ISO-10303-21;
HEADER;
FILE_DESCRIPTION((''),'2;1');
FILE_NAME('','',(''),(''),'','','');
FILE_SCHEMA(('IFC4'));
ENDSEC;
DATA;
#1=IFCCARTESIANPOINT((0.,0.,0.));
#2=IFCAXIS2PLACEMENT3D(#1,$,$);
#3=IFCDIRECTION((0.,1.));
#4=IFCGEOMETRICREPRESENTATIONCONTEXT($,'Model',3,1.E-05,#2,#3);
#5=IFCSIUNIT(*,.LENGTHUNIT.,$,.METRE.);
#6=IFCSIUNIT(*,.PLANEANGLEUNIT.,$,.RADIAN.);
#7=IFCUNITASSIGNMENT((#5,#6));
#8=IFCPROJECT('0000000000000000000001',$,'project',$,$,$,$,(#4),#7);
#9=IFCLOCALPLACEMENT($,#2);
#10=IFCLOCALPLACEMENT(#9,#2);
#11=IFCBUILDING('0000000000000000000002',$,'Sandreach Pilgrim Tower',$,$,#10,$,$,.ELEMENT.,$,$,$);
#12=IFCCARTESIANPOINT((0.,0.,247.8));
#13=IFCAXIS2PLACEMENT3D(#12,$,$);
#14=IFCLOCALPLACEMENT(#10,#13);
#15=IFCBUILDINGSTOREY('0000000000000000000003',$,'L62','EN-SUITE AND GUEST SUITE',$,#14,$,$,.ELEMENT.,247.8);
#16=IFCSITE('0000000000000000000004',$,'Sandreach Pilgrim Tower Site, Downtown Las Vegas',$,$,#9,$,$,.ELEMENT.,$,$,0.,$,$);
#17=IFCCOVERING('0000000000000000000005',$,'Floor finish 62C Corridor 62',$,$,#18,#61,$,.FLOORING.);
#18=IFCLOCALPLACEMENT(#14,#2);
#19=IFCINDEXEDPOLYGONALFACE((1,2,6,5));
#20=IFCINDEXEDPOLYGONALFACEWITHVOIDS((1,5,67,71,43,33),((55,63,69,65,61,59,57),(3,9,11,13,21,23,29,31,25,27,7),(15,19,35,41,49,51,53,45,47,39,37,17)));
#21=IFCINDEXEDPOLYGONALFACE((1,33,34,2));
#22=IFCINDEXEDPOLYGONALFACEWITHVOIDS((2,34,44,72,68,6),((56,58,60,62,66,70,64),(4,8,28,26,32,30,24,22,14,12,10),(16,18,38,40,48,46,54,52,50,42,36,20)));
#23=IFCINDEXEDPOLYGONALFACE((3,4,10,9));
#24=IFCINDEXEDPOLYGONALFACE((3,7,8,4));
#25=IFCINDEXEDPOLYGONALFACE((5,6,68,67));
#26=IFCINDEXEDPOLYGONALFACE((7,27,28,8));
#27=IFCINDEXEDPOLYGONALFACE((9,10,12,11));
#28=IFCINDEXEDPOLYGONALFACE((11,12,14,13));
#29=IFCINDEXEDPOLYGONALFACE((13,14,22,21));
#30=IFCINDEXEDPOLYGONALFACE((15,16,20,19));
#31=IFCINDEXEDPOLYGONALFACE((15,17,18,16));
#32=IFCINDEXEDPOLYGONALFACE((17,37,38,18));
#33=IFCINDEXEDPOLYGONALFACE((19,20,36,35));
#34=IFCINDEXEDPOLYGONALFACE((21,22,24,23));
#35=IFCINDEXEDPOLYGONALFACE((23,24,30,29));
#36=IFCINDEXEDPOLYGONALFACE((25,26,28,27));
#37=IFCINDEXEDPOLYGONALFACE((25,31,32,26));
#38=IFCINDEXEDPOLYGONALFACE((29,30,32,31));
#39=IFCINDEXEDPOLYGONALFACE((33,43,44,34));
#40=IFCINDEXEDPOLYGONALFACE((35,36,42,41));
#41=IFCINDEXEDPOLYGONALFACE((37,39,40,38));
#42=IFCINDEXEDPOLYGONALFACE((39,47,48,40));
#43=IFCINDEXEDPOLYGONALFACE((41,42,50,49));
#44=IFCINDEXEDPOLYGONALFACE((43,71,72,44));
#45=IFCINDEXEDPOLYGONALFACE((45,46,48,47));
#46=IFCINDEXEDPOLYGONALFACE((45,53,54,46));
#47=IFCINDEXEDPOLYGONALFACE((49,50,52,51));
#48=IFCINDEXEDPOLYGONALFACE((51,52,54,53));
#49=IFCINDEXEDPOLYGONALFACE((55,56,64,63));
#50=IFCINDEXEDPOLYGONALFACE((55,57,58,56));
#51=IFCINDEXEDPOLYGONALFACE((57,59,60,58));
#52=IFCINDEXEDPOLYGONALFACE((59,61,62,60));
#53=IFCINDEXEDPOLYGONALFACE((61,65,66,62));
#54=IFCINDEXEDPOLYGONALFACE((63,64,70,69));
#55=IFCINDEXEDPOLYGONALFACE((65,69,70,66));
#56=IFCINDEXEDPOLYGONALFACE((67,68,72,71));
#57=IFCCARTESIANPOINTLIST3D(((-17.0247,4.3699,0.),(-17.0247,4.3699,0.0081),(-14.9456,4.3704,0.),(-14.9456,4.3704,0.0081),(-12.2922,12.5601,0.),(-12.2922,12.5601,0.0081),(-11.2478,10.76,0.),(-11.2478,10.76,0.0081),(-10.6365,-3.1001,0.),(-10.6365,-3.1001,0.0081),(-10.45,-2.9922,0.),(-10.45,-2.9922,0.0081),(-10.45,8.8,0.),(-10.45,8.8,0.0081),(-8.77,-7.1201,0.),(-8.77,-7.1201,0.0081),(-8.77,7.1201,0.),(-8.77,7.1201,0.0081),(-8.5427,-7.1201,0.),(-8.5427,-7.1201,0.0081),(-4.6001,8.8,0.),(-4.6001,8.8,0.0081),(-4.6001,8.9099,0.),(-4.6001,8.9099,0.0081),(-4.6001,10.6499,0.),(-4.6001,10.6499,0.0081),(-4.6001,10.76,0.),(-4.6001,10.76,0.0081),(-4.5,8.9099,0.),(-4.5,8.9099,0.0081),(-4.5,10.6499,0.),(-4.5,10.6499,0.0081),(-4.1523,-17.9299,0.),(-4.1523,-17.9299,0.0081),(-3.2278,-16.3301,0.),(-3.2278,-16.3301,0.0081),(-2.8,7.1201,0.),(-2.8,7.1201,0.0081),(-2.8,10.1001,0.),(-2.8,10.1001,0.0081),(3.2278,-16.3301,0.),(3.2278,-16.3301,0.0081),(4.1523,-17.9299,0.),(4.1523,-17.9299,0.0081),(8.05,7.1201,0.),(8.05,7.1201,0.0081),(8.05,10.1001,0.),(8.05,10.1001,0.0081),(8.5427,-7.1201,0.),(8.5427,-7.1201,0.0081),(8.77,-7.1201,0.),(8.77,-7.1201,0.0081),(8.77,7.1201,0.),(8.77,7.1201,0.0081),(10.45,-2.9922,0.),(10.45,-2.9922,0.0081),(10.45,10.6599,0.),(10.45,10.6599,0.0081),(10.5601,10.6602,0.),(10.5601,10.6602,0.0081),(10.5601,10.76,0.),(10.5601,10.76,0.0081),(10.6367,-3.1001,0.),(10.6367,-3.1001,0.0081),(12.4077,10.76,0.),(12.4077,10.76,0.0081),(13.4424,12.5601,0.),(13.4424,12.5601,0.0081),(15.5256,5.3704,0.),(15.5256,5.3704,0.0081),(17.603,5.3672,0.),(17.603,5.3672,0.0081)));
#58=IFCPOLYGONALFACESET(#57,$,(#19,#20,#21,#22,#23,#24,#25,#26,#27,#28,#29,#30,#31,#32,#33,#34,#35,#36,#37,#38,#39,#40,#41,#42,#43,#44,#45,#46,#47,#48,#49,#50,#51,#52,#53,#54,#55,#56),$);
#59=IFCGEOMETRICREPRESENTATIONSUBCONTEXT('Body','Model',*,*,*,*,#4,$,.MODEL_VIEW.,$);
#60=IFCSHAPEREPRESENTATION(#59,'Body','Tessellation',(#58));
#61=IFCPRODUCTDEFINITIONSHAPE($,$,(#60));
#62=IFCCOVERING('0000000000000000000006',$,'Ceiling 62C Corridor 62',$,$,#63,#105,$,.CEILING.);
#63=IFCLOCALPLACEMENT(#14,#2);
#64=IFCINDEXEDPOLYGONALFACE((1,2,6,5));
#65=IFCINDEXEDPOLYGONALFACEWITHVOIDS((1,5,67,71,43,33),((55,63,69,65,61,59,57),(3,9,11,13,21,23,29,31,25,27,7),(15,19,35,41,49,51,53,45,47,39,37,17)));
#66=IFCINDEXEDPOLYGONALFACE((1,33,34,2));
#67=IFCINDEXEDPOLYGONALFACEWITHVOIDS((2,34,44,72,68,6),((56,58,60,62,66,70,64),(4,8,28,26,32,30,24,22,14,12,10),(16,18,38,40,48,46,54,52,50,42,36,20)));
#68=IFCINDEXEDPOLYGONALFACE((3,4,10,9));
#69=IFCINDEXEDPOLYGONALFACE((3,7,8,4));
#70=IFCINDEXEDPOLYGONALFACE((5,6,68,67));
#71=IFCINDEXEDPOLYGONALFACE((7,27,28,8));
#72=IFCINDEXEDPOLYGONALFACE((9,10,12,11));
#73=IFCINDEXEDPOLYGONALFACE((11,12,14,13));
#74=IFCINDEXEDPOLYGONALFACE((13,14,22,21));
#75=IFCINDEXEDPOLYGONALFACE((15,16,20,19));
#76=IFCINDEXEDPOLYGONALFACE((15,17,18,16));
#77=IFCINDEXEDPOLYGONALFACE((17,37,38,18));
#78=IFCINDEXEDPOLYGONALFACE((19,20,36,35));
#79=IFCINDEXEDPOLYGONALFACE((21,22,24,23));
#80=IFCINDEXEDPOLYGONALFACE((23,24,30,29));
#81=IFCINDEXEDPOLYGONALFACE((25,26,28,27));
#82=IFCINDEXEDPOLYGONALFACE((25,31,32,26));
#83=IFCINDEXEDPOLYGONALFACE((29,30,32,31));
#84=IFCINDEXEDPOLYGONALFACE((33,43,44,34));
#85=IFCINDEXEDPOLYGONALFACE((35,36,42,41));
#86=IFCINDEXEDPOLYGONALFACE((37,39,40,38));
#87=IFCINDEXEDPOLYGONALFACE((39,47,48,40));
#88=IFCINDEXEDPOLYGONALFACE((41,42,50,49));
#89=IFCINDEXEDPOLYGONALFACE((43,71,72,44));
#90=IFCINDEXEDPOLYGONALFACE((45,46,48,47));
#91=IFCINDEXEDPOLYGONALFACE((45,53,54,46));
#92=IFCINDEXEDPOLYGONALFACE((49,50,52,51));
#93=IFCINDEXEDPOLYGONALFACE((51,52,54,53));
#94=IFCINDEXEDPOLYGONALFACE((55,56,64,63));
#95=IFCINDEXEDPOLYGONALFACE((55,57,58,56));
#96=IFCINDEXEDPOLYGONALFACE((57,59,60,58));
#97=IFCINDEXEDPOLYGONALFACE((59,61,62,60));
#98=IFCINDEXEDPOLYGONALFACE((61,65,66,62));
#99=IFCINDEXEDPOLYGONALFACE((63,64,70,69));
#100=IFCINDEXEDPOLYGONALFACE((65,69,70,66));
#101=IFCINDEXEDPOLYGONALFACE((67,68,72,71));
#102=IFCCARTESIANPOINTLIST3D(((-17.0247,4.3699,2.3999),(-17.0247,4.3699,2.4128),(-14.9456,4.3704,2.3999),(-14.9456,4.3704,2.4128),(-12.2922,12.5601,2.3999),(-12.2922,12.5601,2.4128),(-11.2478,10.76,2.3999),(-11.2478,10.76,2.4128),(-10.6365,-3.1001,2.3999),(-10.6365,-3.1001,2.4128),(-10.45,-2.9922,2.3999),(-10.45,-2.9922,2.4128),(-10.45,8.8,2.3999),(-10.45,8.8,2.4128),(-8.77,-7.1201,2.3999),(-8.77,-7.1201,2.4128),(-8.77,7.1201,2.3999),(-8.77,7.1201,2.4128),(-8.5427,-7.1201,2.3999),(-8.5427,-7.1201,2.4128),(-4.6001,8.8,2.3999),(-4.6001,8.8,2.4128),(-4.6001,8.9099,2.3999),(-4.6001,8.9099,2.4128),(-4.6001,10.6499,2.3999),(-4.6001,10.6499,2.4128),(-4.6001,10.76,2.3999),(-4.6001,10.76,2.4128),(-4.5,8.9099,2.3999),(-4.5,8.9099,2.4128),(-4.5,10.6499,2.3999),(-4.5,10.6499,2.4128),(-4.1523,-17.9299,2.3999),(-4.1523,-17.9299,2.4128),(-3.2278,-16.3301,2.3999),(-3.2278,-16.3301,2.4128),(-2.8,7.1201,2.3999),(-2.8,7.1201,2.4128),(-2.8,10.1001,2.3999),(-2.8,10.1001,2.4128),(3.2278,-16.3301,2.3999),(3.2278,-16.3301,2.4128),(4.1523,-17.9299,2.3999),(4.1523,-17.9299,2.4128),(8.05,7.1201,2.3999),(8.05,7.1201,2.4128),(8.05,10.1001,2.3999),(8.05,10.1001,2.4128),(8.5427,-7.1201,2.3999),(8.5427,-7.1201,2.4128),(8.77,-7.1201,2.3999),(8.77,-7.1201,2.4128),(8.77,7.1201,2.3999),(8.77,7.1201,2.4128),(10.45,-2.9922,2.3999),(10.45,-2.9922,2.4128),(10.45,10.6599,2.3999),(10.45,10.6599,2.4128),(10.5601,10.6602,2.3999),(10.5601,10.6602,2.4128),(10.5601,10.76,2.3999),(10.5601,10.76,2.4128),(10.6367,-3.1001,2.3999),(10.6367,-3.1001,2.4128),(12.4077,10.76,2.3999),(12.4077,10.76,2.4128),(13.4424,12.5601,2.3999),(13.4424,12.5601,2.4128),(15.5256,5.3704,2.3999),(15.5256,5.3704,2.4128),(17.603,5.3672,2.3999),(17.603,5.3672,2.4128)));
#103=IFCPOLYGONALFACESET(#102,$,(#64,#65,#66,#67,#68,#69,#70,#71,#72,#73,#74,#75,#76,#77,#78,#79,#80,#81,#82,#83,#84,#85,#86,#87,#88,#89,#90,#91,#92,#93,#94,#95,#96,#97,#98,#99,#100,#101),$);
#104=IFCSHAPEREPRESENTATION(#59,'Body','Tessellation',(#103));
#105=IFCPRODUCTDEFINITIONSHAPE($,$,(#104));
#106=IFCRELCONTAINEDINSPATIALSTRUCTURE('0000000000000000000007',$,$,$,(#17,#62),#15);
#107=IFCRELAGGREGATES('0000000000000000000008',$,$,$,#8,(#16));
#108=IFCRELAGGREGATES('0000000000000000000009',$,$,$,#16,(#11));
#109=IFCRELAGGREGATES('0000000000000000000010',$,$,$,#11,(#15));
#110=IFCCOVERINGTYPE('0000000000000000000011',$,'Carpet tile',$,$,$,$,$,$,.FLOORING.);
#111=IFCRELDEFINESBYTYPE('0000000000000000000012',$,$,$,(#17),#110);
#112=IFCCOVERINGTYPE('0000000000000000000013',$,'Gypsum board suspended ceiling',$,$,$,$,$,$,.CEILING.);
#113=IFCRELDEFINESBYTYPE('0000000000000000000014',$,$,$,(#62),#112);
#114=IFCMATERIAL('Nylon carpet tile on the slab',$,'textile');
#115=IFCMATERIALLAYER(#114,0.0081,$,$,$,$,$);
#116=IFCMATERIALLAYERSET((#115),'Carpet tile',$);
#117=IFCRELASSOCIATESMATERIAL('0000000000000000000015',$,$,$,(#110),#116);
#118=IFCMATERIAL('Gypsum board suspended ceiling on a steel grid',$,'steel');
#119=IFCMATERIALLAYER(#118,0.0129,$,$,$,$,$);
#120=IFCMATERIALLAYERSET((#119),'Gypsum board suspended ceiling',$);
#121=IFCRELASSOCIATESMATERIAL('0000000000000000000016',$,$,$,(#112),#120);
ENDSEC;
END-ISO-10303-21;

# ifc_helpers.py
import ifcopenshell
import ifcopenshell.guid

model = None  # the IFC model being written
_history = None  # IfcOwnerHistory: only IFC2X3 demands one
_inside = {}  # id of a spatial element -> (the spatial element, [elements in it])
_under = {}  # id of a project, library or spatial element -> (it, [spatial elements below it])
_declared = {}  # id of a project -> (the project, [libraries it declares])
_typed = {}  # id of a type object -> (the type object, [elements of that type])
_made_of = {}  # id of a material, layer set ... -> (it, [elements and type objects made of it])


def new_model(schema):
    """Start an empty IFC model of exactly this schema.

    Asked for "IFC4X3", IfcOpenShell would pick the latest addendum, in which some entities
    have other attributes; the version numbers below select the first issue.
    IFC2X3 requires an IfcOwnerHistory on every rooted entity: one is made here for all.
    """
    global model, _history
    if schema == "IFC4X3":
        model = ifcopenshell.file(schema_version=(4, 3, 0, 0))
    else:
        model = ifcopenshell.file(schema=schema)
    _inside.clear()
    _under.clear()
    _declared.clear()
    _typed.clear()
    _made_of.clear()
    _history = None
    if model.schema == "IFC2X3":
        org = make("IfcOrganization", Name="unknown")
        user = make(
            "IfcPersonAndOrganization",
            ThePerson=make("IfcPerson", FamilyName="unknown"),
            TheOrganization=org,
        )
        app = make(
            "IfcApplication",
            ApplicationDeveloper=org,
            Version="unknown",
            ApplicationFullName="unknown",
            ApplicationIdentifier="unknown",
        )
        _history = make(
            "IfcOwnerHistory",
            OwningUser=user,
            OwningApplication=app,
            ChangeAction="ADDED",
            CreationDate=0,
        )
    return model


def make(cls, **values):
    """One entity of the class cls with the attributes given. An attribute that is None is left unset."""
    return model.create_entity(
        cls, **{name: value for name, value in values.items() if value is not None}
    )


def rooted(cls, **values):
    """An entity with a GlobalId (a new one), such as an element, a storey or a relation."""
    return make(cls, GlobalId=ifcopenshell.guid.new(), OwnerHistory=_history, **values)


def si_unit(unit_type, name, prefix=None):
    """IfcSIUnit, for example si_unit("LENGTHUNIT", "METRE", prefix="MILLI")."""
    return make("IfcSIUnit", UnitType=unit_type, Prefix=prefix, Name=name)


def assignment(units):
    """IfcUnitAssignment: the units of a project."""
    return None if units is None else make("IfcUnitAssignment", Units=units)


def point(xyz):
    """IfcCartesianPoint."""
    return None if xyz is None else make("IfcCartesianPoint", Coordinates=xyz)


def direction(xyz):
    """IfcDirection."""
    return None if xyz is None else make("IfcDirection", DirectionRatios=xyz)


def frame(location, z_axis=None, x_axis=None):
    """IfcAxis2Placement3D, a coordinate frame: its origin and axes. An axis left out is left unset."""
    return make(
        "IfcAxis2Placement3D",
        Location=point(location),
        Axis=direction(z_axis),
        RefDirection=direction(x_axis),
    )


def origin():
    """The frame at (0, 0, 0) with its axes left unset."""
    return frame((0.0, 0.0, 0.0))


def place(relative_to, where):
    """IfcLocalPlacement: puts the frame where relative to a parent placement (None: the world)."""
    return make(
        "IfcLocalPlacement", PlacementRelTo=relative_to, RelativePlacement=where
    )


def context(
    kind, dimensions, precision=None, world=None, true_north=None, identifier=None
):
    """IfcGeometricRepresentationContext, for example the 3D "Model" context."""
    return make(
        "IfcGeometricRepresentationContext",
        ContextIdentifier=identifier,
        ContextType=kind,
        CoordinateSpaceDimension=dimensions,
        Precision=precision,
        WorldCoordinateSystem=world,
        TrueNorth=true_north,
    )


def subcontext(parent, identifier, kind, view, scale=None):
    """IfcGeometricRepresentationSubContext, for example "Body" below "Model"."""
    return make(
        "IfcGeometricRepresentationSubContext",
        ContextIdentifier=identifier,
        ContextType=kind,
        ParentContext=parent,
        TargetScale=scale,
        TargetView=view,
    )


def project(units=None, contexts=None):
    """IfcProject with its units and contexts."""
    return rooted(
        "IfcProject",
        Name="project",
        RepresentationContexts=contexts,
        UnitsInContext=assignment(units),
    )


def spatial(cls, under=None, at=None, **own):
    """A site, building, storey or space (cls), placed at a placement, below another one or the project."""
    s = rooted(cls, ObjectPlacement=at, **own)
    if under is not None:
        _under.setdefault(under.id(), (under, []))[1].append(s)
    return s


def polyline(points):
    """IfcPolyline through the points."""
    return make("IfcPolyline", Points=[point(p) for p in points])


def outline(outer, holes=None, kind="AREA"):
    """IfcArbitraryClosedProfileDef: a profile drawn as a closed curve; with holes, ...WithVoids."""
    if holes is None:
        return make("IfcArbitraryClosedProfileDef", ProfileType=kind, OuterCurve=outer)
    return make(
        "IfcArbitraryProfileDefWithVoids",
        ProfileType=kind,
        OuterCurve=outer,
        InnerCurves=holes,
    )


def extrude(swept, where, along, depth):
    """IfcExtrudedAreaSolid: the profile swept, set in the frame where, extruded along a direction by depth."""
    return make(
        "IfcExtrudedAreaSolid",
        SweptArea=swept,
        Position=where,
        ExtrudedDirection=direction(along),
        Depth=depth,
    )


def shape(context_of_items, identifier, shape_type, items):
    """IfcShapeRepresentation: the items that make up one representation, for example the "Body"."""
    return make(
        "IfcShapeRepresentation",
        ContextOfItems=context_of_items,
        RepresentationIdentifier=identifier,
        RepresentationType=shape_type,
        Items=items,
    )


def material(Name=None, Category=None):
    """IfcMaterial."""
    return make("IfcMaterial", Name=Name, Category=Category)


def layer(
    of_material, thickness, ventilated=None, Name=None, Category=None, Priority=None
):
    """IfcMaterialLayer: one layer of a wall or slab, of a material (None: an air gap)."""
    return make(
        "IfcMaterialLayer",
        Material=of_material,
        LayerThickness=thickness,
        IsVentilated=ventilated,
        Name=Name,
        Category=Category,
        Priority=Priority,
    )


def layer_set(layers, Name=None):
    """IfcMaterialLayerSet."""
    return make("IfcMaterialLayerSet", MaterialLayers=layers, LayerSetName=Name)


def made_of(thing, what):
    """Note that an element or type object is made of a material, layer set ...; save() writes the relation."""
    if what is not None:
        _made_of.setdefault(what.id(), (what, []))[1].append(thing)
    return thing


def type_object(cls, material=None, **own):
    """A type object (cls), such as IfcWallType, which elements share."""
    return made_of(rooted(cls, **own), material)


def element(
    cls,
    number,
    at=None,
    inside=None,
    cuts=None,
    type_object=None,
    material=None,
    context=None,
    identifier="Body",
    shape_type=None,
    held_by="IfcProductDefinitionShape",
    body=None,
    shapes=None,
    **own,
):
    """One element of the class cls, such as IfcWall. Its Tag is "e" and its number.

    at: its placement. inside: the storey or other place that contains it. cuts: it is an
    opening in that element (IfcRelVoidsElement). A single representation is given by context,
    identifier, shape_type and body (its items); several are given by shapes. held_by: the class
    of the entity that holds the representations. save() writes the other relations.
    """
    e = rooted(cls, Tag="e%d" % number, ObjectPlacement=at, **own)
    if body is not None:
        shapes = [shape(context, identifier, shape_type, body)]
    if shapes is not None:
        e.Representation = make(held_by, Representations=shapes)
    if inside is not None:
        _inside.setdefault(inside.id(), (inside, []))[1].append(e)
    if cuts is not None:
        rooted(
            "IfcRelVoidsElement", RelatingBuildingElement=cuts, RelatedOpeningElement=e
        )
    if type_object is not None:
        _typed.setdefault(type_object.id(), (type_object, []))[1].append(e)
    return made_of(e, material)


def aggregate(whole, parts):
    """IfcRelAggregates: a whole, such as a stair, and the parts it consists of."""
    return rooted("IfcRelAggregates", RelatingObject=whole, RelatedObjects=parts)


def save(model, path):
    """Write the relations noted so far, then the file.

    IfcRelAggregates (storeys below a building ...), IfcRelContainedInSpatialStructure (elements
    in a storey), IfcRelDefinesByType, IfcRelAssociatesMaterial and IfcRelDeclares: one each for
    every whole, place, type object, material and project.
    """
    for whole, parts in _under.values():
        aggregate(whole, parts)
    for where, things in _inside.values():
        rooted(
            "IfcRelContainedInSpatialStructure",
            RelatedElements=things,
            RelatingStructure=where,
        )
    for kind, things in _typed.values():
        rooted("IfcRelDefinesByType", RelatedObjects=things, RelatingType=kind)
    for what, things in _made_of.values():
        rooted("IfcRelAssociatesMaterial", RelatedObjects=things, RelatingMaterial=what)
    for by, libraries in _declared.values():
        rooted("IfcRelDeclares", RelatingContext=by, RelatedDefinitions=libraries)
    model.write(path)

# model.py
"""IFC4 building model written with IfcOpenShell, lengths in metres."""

from ifc_helpers import new_model, si_unit, direction, frame, origin, place, context, subcontext, project, spatial, polyline, outline, extrude, material, layer, layer_set, type_object, element, save


model = new_model("IFC4")

# Units and contexts
model_context = context("Model", 3, precision=1e-05, world=origin(), true_north=direction((0.0, 1.0)))
body_context = subcontext(model_context, "Body", "Model", "MODEL_VIEW")
ifc_project = project(units=[si_unit("LENGTHUNIT", "METRE"), si_unit("PLANEANGLEUNIT", "RADIAN")], contexts=[model_context])

# Site, building, storey
site_placement = place(None, origin())
site = spatial("IfcSite", under=ifc_project, at=site_placement, Name="Sandreach Pilgrim Tower Site, Downtown Las Vegas", CompositionType="ELEMENT", RefElevation=0.0)
building_placement = place(site_placement, origin())
building = spatial("IfcBuilding", under=site, at=building_placement, Name="Sandreach Pilgrim Tower", CompositionType="ELEMENT")
storey_placement = place(building_placement, frame((0.0, 0.0, 247.8)))
storey = spatial("IfcBuildingStorey", under=building, at=storey_placement, Name="L62", Description="EN-SUITE AND GUEST SUITE", CompositionType="ELEMENT", Elevation=247.8)

# Coverings
ifc_material_1 = material(Name="Nylon carpet tile on the slab", Category="textile")
ifc_layer_1 = layer(ifc_material_1, 0.0081)
ifc_layer_set_1 = layer_set([ifc_layer_1], Name="Carpet tile")
covering_type_1 = type_object("IfcCoveringType", Name="Carpet tile", PredefinedType="FLOORING", material=ifc_layer_set_1)
covering_1_placement = place(storey_placement, origin())
element("IfcCovering", 1, at=covering_1_placement, inside=storey, type_object=covering_type_1, Name="Floor finish 62C Corridor 62", PredefinedType="FLOORING", context=body_context, shape_type="SweptSolid", body=[
    extrude(outline(polyline([(-4.1523, -17.9299), (-17.0247, 4.3699), (-12.2922, 12.5601), (13.4424, 12.5601), (17.603, 5.3672), (4.1523, -17.9299), (-4.1523, -17.9299)]), holes=[polyline([(10.45, -2.9922), (10.6367, -3.1001), (15.5256, 5.3704), (12.4077, 10.76), (10.5601, 10.76), (10.5601, 10.6602), (10.45, 10.6599), (10.45, -2.9922)]), polyline([(-3.2278, -16.3301), (3.2278, -16.3301), (8.5427, -7.1201), (8.77, -7.1201), (8.77, 7.1201), (8.05, 7.1201), (8.05, 10.1001), (-2.8, 10.1001), (-2.8, 7.1201), (-8.77, 7.1201), (-8.77, -7.1201), (-8.5427, -7.1201), (-3.2278, -16.3301)]), polyline([(-14.9456, 4.3704), (-10.6365, -3.1001), (-10.45, -2.9922), (-10.45, 8.8), (-4.6001, 8.8), (-4.6001, 8.9099), (-4.5, 8.9099), (-4.5, 10.6499), (-4.6001, 10.6499), (-4.6001, 10.76), (-11.2478, 10.76), (-14.9456, 4.3704)])]), origin(), (0.0, 0.0, 1.0), 0.0081),
])
ifc_material_2 = material(Name="Gypsum board suspended ceiling on a steel grid", Category="steel")
ifc_layer_2 = layer(ifc_material_2, 0.0129)
ifc_layer_set_2 = layer_set([ifc_layer_2], Name="Gypsum board suspended ceiling")
covering_type_2 = type_object("IfcCoveringType", Name="Gypsum board suspended ceiling", PredefinedType="CEILING", material=ifc_layer_set_2)
covering_2_placement = place(storey_placement, frame((0.0, 0.0, 2.3999)))
element("IfcCovering", 2, at=covering_2_placement, inside=storey, type_object=covering_type_2, Name="Ceiling 62C Corridor 62", PredefinedType="CEILING", context=body_context, shape_type="SweptSolid", body=[
    extrude(outline(polyline([(-4.1523, -17.9299), (-17.0247, 4.3699), (-12.2922, 12.5601), (13.4424, 12.5601), (17.603, 5.3672), (4.1523, -17.9299), (-4.1523, -17.9299)]), holes=[polyline([(10.45, -2.9922), (10.6367, -3.1001), (15.5256, 5.3704), (12.4077, 10.76), (10.5601, 10.76), (10.5601, 10.6602), (10.45, 10.6599), (10.45, -2.9922)]), polyline([(-3.2278, -16.3301), (3.2278, -16.3301), (8.5427, -7.1201), (8.77, -7.1201), (8.77, 7.1201), (8.05, 7.1201), (8.05, 10.1001), (-2.8, 10.1001), (-2.8, 7.1201), (-8.77, 7.1201), (-8.77, -7.1201), (-8.5427, -7.1201), (-3.2278, -16.3301)]), polyline([(-14.9456, 4.3704), (-10.6365, -3.1001), (-10.45, -2.9922), (-10.45, 8.8), (-4.6001, 8.8), (-4.6001, 8.9099), (-4.5, 8.9099), (-4.5, 10.6499), (-4.6001, 10.6499), (-4.6001, 10.76), (-11.2478, 10.76), (-14.9456, 4.3704)])]), origin(), (0.0, 0.0, 1.0), 0.0129),
])

save(model, "model.ifc")
